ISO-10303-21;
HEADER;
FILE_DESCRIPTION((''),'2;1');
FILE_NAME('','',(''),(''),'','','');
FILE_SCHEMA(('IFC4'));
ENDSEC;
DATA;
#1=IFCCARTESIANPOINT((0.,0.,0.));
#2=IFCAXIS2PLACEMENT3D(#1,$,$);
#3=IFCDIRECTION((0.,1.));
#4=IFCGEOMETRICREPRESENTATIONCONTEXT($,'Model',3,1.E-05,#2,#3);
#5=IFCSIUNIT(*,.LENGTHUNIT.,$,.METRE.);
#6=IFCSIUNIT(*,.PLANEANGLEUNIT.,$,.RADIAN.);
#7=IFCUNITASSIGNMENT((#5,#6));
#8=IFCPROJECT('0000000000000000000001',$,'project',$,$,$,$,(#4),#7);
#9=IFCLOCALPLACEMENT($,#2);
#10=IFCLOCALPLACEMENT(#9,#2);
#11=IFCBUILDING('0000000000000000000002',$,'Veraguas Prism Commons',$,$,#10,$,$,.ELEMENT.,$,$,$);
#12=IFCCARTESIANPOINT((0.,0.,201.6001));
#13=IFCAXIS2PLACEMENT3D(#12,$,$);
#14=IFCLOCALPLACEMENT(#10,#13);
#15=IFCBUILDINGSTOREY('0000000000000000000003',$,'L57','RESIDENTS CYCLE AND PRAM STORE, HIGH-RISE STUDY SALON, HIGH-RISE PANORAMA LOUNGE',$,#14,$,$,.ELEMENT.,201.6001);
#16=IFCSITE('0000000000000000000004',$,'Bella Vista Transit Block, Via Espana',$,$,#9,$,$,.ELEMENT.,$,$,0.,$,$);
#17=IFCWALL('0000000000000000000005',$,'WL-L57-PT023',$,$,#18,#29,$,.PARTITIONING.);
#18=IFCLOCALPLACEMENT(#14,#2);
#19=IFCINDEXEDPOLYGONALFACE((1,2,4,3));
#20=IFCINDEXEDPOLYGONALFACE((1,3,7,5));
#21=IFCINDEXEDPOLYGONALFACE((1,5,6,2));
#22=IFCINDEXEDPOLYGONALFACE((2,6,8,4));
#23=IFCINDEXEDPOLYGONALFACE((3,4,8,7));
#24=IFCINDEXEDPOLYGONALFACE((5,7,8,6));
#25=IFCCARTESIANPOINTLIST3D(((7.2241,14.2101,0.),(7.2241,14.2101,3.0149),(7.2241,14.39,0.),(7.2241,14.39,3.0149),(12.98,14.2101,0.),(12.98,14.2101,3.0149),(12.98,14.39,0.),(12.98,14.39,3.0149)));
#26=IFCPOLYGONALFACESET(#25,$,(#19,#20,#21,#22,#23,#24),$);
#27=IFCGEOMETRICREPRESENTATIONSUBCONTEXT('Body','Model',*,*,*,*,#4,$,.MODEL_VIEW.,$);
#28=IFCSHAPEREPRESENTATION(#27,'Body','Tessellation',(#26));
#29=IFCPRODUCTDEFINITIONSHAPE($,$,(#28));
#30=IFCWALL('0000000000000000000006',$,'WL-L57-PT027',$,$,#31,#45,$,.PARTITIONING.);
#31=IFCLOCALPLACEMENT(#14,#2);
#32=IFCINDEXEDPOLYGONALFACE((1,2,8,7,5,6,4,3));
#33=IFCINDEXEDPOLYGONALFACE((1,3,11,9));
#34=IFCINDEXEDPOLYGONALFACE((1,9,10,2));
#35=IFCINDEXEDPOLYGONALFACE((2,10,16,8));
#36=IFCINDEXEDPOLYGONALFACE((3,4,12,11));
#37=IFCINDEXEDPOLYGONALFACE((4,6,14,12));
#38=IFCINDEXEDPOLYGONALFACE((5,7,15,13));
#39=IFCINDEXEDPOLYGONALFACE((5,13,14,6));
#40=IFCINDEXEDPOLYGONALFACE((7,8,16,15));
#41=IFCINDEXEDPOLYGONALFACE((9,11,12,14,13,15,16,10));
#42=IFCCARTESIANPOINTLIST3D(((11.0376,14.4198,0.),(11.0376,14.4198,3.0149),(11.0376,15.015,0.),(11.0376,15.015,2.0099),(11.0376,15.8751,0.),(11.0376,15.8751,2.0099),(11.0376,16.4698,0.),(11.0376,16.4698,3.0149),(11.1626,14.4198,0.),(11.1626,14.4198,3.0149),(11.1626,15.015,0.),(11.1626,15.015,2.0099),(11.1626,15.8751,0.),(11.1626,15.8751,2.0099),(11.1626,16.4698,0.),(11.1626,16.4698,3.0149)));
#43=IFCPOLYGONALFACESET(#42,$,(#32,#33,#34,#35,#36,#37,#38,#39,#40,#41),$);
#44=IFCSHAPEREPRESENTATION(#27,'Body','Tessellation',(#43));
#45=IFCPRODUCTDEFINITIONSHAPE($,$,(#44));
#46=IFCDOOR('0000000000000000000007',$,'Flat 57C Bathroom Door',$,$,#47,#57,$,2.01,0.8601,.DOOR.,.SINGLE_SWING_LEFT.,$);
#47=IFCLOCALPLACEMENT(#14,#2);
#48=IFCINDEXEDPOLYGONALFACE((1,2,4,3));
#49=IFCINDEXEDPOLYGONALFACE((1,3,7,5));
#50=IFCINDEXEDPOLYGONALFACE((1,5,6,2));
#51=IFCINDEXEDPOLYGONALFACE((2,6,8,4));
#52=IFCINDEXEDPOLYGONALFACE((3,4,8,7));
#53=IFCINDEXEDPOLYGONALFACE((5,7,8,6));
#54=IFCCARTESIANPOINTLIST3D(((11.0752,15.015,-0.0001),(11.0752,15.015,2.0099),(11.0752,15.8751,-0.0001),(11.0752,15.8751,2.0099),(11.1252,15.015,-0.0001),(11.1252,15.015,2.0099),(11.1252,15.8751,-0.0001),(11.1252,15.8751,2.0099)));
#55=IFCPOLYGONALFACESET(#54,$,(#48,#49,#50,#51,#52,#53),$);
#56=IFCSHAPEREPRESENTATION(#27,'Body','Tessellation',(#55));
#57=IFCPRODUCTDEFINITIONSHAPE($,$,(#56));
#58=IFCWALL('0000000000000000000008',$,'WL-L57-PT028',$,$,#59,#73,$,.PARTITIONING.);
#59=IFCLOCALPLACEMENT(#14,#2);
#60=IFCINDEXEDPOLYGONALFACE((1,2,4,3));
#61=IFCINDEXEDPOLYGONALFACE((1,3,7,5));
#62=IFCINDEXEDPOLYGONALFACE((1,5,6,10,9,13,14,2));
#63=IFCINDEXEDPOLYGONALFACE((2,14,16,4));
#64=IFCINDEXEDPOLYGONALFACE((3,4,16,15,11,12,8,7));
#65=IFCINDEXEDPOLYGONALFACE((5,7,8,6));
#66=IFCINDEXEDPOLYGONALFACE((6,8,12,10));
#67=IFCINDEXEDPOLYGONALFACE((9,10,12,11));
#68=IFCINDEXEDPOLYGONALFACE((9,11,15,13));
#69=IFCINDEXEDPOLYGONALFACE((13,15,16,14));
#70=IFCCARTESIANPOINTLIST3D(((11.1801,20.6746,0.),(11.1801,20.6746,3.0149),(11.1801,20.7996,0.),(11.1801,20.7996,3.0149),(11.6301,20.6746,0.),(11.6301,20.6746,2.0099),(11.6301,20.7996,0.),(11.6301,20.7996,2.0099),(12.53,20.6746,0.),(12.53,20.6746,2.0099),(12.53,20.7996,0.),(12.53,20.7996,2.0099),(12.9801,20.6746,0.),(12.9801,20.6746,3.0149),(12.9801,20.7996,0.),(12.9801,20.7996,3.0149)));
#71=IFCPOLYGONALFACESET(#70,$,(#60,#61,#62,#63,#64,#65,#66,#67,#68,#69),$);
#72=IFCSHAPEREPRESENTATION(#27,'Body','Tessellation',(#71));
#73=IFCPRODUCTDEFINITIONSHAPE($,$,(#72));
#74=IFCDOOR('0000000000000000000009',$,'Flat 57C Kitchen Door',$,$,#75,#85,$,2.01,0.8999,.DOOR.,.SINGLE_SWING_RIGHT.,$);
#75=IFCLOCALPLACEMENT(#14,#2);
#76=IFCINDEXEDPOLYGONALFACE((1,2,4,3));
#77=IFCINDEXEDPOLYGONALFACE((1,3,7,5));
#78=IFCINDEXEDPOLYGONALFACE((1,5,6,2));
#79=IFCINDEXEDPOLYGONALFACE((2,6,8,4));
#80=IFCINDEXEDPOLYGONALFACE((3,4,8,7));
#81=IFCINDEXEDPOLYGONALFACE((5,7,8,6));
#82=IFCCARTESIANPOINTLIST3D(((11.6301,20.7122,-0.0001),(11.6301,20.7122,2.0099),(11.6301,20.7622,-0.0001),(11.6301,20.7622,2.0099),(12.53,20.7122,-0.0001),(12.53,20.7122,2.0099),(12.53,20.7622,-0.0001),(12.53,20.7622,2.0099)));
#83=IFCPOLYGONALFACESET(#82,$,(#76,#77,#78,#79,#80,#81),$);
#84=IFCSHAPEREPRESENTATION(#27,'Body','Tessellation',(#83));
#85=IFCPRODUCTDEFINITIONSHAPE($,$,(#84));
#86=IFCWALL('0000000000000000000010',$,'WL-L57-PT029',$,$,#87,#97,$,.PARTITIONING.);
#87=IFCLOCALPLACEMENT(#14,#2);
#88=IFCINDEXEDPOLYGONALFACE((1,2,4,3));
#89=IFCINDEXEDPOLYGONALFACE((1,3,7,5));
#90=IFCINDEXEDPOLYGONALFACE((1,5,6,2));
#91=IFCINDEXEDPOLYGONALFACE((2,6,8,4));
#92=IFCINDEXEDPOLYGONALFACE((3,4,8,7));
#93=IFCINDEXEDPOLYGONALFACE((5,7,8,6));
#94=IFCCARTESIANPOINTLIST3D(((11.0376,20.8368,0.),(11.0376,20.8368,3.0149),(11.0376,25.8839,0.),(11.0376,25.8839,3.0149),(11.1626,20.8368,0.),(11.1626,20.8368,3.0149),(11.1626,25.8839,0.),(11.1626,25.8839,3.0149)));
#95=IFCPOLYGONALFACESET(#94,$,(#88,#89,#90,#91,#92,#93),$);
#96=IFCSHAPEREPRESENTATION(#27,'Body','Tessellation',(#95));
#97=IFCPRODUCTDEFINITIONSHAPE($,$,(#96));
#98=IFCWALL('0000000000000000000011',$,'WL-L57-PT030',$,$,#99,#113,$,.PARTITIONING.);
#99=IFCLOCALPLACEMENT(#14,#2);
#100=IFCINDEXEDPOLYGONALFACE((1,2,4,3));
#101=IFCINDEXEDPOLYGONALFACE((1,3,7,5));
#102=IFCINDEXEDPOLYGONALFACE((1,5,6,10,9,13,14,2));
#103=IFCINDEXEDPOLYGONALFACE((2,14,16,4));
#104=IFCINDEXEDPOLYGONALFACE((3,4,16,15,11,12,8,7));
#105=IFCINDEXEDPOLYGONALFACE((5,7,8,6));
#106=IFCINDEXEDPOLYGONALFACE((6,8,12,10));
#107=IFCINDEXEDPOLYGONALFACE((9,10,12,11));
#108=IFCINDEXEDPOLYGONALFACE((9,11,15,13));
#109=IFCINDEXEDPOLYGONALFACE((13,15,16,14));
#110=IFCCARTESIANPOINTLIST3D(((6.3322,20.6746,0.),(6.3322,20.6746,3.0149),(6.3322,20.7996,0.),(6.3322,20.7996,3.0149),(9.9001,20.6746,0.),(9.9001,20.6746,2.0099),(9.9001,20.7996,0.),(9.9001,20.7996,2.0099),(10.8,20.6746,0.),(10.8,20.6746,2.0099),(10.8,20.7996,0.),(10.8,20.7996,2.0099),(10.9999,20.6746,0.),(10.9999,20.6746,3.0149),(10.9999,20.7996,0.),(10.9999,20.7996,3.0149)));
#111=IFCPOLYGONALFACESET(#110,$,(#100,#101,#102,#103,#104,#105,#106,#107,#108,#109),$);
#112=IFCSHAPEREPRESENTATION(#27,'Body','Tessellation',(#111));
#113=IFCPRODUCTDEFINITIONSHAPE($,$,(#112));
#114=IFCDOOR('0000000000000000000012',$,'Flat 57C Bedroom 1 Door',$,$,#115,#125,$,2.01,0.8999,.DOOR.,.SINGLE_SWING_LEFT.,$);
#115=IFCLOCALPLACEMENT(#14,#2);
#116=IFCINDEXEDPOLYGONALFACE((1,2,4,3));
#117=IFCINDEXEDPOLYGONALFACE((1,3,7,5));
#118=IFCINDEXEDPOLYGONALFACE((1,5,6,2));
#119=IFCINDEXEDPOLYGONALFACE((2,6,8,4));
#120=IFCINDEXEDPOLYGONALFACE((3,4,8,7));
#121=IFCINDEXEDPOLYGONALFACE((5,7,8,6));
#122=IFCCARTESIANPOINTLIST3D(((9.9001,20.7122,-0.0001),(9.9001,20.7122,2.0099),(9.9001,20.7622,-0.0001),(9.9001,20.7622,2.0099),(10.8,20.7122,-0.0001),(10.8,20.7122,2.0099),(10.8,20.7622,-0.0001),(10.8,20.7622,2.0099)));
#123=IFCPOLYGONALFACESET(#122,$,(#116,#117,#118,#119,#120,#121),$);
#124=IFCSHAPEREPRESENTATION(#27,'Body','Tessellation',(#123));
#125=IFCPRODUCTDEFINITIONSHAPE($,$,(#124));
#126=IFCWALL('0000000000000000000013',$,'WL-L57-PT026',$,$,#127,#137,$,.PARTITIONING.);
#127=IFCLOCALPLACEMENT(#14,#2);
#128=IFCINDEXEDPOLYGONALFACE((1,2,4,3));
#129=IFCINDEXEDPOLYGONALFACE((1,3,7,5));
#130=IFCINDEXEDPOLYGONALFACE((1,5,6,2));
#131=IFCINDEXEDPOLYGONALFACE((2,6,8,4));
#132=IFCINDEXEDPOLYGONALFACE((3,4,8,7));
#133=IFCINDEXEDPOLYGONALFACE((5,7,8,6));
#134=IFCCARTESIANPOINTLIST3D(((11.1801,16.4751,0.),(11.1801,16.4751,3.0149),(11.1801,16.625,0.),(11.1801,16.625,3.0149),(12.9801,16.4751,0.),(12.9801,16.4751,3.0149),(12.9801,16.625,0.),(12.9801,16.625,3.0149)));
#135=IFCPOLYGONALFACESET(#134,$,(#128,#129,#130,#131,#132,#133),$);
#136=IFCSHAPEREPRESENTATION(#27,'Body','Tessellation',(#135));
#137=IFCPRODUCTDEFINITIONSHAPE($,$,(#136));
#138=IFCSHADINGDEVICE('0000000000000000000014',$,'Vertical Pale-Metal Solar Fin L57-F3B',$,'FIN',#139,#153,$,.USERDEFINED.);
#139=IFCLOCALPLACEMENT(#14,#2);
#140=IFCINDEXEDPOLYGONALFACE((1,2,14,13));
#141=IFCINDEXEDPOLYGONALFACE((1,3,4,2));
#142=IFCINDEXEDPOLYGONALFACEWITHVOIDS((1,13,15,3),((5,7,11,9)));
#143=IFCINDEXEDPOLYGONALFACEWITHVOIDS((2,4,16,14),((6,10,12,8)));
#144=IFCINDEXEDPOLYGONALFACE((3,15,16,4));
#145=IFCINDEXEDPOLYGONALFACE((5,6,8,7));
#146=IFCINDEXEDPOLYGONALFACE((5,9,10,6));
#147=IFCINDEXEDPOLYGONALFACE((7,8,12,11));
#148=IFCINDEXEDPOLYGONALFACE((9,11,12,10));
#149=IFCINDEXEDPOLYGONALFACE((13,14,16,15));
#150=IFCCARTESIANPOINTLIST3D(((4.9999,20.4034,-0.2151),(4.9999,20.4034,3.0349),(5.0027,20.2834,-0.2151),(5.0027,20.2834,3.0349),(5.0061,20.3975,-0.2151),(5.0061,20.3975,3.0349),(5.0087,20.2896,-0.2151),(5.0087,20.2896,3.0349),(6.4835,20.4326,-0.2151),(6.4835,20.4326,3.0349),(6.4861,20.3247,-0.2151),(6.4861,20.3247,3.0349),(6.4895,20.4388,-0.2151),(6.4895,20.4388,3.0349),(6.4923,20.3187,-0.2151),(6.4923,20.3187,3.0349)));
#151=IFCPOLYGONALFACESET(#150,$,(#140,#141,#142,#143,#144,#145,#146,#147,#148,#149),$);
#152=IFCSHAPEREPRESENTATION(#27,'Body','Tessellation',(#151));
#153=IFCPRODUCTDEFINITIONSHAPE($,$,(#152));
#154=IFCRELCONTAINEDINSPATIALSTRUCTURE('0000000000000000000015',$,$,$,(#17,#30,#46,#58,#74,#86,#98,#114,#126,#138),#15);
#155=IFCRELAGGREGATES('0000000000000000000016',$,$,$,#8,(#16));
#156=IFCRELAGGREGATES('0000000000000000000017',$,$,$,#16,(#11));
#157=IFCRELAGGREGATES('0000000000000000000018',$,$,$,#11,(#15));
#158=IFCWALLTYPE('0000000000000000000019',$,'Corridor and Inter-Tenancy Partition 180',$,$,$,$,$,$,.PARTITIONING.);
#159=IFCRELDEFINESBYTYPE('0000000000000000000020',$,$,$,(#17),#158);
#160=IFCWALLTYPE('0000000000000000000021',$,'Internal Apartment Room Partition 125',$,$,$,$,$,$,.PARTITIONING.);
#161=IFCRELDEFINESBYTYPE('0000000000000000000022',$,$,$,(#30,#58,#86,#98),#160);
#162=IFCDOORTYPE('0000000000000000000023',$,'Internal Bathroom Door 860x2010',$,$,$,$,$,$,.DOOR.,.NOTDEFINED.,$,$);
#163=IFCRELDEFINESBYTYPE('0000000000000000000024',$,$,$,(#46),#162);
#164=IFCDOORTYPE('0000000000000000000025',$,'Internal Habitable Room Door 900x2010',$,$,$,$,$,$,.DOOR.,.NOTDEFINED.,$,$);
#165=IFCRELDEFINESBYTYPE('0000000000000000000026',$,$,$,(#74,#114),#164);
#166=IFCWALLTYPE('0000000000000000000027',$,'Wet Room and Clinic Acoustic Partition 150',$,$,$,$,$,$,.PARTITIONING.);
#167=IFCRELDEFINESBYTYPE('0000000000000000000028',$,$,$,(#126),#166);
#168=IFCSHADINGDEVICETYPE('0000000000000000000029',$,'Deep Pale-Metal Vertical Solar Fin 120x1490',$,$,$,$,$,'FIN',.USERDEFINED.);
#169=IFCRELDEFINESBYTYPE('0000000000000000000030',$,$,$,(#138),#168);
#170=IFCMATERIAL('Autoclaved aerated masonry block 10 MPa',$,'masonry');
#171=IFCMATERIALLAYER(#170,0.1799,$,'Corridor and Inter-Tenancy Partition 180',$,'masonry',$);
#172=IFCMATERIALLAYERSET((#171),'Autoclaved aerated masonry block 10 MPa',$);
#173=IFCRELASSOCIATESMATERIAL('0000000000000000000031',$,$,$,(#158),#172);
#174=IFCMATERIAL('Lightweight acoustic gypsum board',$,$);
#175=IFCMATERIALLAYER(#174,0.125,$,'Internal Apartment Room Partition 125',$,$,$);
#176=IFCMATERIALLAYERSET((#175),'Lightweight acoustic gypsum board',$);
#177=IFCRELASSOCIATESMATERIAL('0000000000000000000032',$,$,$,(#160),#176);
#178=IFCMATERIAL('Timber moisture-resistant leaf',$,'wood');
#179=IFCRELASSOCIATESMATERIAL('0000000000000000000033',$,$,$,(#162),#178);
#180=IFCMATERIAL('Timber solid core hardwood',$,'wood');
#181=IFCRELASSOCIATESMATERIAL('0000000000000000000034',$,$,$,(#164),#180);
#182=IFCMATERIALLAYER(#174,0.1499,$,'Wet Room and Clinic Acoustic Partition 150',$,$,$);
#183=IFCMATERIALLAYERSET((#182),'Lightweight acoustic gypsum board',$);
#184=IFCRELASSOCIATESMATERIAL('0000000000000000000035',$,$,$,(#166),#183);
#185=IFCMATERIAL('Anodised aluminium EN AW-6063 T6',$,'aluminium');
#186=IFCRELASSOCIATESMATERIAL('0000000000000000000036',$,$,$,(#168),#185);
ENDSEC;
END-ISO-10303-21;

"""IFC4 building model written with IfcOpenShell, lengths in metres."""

from ifc_helpers import new_model, si_unit, direction, frame, frame_2d, origin, origin_2d, place, context, subcontext, project, spatial, rectangle, hollow_rectangle, extrude, source, transform, mapped, material, layer, layer_set, material_profile, profile_set, type_object, element, fill, save


model = new_model("IFC4")

# Units and contexts
model_context = context("Model", 3, precision=1e-05, world=origin(), true_north=direction((0.0, 1.0)))
body_context = subcontext(model_context, "Body", "Model", "MODEL_VIEW")
ifc_project = project(units=[si_unit("LENGTHUNIT", "METRE"), si_unit("PLANEANGLEUNIT", "RADIAN")], contexts=[model_context])

# Site, building, storey
site_placement = place(None, origin())
site = spatial("IfcSite", under=ifc_project, at=site_placement, Name="Bella Vista Transit Block, Via Espana", CompositionType="ELEMENT", RefElevation=0.0)
building_placement = place(site_placement, origin())
building = spatial("IfcBuilding", under=site, at=building_placement, Name="Veraguas Prism Commons", CompositionType="ELEMENT")
storey_placement = place(building_placement, frame((0.0, 0.0, 201.6001)))
storey = spatial("IfcBuildingStorey", under=building, at=storey_placement, Name="L57", Description="RESIDENTS CYCLE AND PRAM STORE, HIGH-RISE STUDY SALON, HIGH-RISE PANORAMA LOUNGE", CompositionType="ELEMENT", Elevation=201.6001)

# Shared definitions
ifc_material_1 = material(Name="Anodised aluminium EN AW-6063 T6", Category="aluminium")

# Wall
ifc_material_2 = material(Name="Autoclaved aerated masonry block 10 MPa", Category="masonry")
ifc_layer_1 = layer(ifc_material_2, 0.1799, Name="Corridor and Inter-Tenancy Partition 180", Category="masonry")
ifc_layer_set_1 = layer_set([ifc_layer_1], Name="Autoclaved aerated masonry block 10 MPa")
wall_type_1 = type_object("IfcWallType", Name="Corridor and Inter-Tenancy Partition 180", PredefinedType="PARTITIONING", material=ifc_layer_set_1)
wall_1_placement = place(storey_placement, frame((12.98, 14.3, 0.0), z_axis=(0.0, 0.0, 1.0), x_axis=(-1.0, 0.0, 0.0)))
element("IfcWall", 1, at=wall_1_placement, inside=storey, type_object=wall_type_1, Name="WL-L57-PT023", PredefinedType="PARTITIONING", context=body_context, shape_type="SweptSolid", body=[
    extrude(rectangle(XDim=5.7559, YDim=0.1799, at=frame_2d((2.8779, 0.0))), origin(), (0.0, 0.0, 1.0), 3.0149),
])

# Walls, openings, doors
ifc_material_3 = material(Name="Lightweight acoustic gypsum board")
ifc_layer_2 = layer(ifc_material_3, 0.125, Name="Internal Apartment Room Partition 125")
ifc_layer_set_2 = layer_set([ifc_layer_2], Name="Lightweight acoustic gypsum board")
wall_type_2 = type_object("IfcWallType", Name="Internal Apartment Room Partition 125", PredefinedType="PARTITIONING", material=ifc_layer_set_2)
wall_2_placement = place(storey_placement, frame((11.1001, 14.4199, 0.0), z_axis=(0.0, 0.0, 1.0), x_axis=(0.0, 1.0, 0.0)))
wall_2 = element("IfcWall", 2, at=wall_2_placement, inside=storey, type_object=wall_type_2, Name="WL-L57-PT027", PredefinedType="PARTITIONING", context=body_context, shape_type="SweptSolid", body=[
    extrude(rectangle(XDim=2.05, YDim=0.125, at=frame_2d((1.0249, 0.0))), origin(), (0.0, 0.0, 1.0), 3.0149),
])
opening_1_placement = place(wall_2_placement, frame((0.595, 0.0, 0.0)))
opening_1 = element("IfcOpeningElement", 3, at=opening_1_placement, cuts=wall_2, PredefinedType="OPENING", context=body_context, shape_type="SweptSolid", body=[
    extrude(rectangle(XDim=0.8601, YDim=2.01, at=frame_2d((0.4302, 1.0049))), frame((0.0, 0.0725, 0.0), z_axis=(0.0, -1.0, 0.0), x_axis=(1.0, 0.0, 0.0)), (0.0, 0.0, 1.0), 0.145),
])
ifc_material_4 = material(Name="Timber moisture-resistant leaf", Category="wood")
door_type_1 = type_object("IfcDoorType", Name="Internal Bathroom Door 860x2010", OperationType="NOTDEFINED", PredefinedType="DOOR", material=ifc_material_4)
shared_shape_1 = source(origin(), body_context, "Body", "SweptSolid", [
    extrude(rectangle(XDim=0.8601, YDim=2.01, at=frame_2d((0.4302, 1.0049))), frame((0.0, 0.0249, 0.0), z_axis=(0.0, -1.0, 0.0), x_axis=(1.0, 0.0, 0.0)), (0.0, 0.0, 1.0), 0.05),
])
door_1_placement = place(opening_1_placement, origin())
door_1 = element("IfcDoor", 4, at=door_1_placement, inside=storey, type_object=door_type_1, Name="Flat 57C Bathroom Door", OperationType="SINGLE_SWING_LEFT", OverallHeight=2.01, OverallWidth=0.8601, PredefinedType="DOOR", context=body_context, shape_type="MappedRepresentation", body=[
    mapped(shared_shape_1, transform((0.0, 0.0, 0.0), scale=1.0)),
])
fill(opening_1, door_1)
wall_3_placement = place(storey_placement, frame((12.98, 20.7371, 0.0), z_axis=(0.0, 0.0, 1.0), x_axis=(-1.0, 0.0, 0.0)))
wall_3 = element("IfcWall", 5, at=wall_3_placement, inside=storey, type_object=wall_type_2, Name="WL-L57-PT028", PredefinedType="PARTITIONING", context=body_context, shape_type="SweptSolid", body=[
    extrude(rectangle(XDim=1.8, YDim=0.125, at=frame_2d((0.8999, 0.0))), origin(), (0.0, 0.0, 1.0), 3.0149),
])
opening_2_placement = place(wall_3_placement, frame((0.45, 0.0, 0.0)))
opening_2 = element("IfcOpeningElement", 6, at=opening_2_placement, cuts=wall_3, PredefinedType="OPENING", context=body_context, shape_type="SweptSolid", body=[
    extrude(rectangle(XDim=0.8999, YDim=2.01, at=frame_2d((0.45, 1.0049))), frame((0.0, 0.0725, 0.0), z_axis=(0.0, -1.0, 0.0), x_axis=(1.0, 0.0, 0.0)), (0.0, 0.0, 1.0), 0.145),
])
ifc_material_5 = material(Name="Timber solid core hardwood", Category="wood")
door_type_2 = type_object("IfcDoorType", Name="Internal Habitable Room Door 900x2010", OperationType="NOTDEFINED", PredefinedType="DOOR", material=ifc_material_5)
shared_shape_2 = source(origin(), body_context, "Body", "SweptSolid", [
    extrude(rectangle(XDim=0.8999, YDim=2.01, at=frame_2d((0.45, 1.0049))), frame((0.0, 0.0249, 0.0), z_axis=(0.0, -1.0, 0.0), x_axis=(1.0, 0.0, 0.0)), (0.0, 0.0, 1.0), 0.05),
])
door_2_placement = place(opening_2_placement, origin())
door_2 = element("IfcDoor", 7, at=door_2_placement, inside=storey, type_object=door_type_2, Name="Flat 57C Kitchen Door", OperationType="SINGLE_SWING_RIGHT", OverallHeight=2.01, OverallWidth=0.8999, PredefinedType="DOOR", context=body_context, shape_type="MappedRepresentation", body=[
    mapped(shared_shape_2, transform((0.0, 0.0, 0.0), scale=1.0)),
])
fill(opening_2, door_2)

# Wall
wall_4_placement = place(storey_placement, frame((11.1001, 20.8369, 0.0), z_axis=(0.0, 0.0, 1.0), x_axis=(0.0, 1.0, 0.0)))
element("IfcWall", 8, at=wall_4_placement, inside=storey, type_object=wall_type_2, Name="WL-L57-PT029", PredefinedType="PARTITIONING", context=body_context, shape_type="SweptSolid", body=[
    extrude(rectangle(XDim=5.0471, YDim=0.125, at=frame_2d((2.5234, 0.0))), origin(), (0.0, 0.0, 1.0), 3.0149),
])

# Wall, opening, door
wall_5_placement = place(storey_placement, frame((11.0, 20.7371, 0.0), z_axis=(0.0, 0.0, 1.0), x_axis=(-1.0, 0.0, 0.0)))
wall_5 = element("IfcWall", 9, at=wall_5_placement, inside=storey, type_object=wall_type_2, Name="WL-L57-PT030", PredefinedType="PARTITIONING", context=body_context, shape_type="SweptSolid", body=[
    extrude(rectangle(XDim=4.6677, YDim=0.125, at=frame_2d((2.334, 0.0))), origin(), (0.0, 0.0, 1.0), 3.0149),
])
opening_3_placement = place(wall_5_placement, frame((0.2, 0.0, 0.0)))
opening_3 = element("IfcOpeningElement", 10, at=opening_3_placement, cuts=wall_5, PredefinedType="OPENING", context=body_context, shape_type="SweptSolid", body=[
    extrude(rectangle(XDim=0.8999, YDim=2.01, at=frame_2d((0.45, 1.0049))), frame((0.0, 0.0725, 0.0), z_axis=(0.0, -1.0, 0.0), x_axis=(1.0, 0.0, 0.0)), (0.0, 0.0, 1.0), 0.145),
])
door_3_placement = place(opening_3_placement, origin())
door_3 = element("IfcDoor", 11, at=door_3_placement, inside=storey, type_object=door_type_2, Name="Flat 57C Bedroom 1 Door", OperationType="SINGLE_SWING_LEFT", OverallHeight=2.01, OverallWidth=0.8999, PredefinedType="DOOR", context=body_context, shape_type="MappedRepresentation", body=[
    mapped(shared_shape_2, transform((0.0, 0.0, 0.0), scale=1.0)),
])
fill(opening_3, door_3)

# Wall
ifc_layer_3 = layer(ifc_material_3, 0.1499, Name="Wet Room and Clinic Acoustic Partition 150")
ifc_layer_set_3 = layer_set([ifc_layer_3], Name="Lightweight acoustic gypsum board")
wall_type_3 = type_object("IfcWallType", Name="Wet Room and Clinic Acoustic Partition 150", PredefinedType="PARTITIONING", material=ifc_layer_set_3)
wall_6_placement = place(storey_placement, frame((12.98, 16.55, 0.0), z_axis=(0.0, 0.0, 1.0), x_axis=(-1.0, 0.0, 0.0)))
element("IfcWall", 12, at=wall_6_placement, inside=storey, type_object=wall_type_3, Name="WL-L57-PT026", PredefinedType="PARTITIONING", context=body_context, shape_type="SweptSolid", body=[
    extrude(rectangle(XDim=1.8, YDim=0.1499, at=frame_2d((0.8999, 0.0))), origin(), (0.0, 0.0, 1.0), 3.0149),
])

# Shading device
ifc_material_profile_1 = material_profile(ifc_material_1, hollow_rectangle(XDim=0.1201, YDim=1.49, WallThickness=0.0061, at=origin_2d()), Name="FIN120X1490X6")
ifc_profile_set_1 = profile_set([ifc_material_profile_1], Name="Anodised aluminium EN AW-6063 T6")
shading_device_type = type_object("IfcShadingDeviceType", Name="Deep Pale-Metal Vertical Solar Fin 120x1490", ElementType="FIN", PredefinedType="USERDEFINED", material=ifc_profile_set_1)
shading_device_placement = place(storey_placement, frame((5.7461, 20.3611, -0.2151), z_axis=(0.0, 0.0, 1.0), x_axis=(0.023736, -0.999718, 0.0)))
element("IfcShadingDevice", 13, at=shading_device_placement, inside=storey, type_object=shading_device_type, Name="Vertical Pale-Metal Solar Fin L57-F3B", ObjectType="FIN", PredefinedType="USERDEFINED", context=body_context, shape_type="SweptSolid", body=[
    extrude(hollow_rectangle(XDim=0.1201, YDim=1.49, WallThickness=0.0061, at=origin_2d()), origin(), (0.0, 0.0, 1.0), 3.25),
])

save(model, "model.ifc")
